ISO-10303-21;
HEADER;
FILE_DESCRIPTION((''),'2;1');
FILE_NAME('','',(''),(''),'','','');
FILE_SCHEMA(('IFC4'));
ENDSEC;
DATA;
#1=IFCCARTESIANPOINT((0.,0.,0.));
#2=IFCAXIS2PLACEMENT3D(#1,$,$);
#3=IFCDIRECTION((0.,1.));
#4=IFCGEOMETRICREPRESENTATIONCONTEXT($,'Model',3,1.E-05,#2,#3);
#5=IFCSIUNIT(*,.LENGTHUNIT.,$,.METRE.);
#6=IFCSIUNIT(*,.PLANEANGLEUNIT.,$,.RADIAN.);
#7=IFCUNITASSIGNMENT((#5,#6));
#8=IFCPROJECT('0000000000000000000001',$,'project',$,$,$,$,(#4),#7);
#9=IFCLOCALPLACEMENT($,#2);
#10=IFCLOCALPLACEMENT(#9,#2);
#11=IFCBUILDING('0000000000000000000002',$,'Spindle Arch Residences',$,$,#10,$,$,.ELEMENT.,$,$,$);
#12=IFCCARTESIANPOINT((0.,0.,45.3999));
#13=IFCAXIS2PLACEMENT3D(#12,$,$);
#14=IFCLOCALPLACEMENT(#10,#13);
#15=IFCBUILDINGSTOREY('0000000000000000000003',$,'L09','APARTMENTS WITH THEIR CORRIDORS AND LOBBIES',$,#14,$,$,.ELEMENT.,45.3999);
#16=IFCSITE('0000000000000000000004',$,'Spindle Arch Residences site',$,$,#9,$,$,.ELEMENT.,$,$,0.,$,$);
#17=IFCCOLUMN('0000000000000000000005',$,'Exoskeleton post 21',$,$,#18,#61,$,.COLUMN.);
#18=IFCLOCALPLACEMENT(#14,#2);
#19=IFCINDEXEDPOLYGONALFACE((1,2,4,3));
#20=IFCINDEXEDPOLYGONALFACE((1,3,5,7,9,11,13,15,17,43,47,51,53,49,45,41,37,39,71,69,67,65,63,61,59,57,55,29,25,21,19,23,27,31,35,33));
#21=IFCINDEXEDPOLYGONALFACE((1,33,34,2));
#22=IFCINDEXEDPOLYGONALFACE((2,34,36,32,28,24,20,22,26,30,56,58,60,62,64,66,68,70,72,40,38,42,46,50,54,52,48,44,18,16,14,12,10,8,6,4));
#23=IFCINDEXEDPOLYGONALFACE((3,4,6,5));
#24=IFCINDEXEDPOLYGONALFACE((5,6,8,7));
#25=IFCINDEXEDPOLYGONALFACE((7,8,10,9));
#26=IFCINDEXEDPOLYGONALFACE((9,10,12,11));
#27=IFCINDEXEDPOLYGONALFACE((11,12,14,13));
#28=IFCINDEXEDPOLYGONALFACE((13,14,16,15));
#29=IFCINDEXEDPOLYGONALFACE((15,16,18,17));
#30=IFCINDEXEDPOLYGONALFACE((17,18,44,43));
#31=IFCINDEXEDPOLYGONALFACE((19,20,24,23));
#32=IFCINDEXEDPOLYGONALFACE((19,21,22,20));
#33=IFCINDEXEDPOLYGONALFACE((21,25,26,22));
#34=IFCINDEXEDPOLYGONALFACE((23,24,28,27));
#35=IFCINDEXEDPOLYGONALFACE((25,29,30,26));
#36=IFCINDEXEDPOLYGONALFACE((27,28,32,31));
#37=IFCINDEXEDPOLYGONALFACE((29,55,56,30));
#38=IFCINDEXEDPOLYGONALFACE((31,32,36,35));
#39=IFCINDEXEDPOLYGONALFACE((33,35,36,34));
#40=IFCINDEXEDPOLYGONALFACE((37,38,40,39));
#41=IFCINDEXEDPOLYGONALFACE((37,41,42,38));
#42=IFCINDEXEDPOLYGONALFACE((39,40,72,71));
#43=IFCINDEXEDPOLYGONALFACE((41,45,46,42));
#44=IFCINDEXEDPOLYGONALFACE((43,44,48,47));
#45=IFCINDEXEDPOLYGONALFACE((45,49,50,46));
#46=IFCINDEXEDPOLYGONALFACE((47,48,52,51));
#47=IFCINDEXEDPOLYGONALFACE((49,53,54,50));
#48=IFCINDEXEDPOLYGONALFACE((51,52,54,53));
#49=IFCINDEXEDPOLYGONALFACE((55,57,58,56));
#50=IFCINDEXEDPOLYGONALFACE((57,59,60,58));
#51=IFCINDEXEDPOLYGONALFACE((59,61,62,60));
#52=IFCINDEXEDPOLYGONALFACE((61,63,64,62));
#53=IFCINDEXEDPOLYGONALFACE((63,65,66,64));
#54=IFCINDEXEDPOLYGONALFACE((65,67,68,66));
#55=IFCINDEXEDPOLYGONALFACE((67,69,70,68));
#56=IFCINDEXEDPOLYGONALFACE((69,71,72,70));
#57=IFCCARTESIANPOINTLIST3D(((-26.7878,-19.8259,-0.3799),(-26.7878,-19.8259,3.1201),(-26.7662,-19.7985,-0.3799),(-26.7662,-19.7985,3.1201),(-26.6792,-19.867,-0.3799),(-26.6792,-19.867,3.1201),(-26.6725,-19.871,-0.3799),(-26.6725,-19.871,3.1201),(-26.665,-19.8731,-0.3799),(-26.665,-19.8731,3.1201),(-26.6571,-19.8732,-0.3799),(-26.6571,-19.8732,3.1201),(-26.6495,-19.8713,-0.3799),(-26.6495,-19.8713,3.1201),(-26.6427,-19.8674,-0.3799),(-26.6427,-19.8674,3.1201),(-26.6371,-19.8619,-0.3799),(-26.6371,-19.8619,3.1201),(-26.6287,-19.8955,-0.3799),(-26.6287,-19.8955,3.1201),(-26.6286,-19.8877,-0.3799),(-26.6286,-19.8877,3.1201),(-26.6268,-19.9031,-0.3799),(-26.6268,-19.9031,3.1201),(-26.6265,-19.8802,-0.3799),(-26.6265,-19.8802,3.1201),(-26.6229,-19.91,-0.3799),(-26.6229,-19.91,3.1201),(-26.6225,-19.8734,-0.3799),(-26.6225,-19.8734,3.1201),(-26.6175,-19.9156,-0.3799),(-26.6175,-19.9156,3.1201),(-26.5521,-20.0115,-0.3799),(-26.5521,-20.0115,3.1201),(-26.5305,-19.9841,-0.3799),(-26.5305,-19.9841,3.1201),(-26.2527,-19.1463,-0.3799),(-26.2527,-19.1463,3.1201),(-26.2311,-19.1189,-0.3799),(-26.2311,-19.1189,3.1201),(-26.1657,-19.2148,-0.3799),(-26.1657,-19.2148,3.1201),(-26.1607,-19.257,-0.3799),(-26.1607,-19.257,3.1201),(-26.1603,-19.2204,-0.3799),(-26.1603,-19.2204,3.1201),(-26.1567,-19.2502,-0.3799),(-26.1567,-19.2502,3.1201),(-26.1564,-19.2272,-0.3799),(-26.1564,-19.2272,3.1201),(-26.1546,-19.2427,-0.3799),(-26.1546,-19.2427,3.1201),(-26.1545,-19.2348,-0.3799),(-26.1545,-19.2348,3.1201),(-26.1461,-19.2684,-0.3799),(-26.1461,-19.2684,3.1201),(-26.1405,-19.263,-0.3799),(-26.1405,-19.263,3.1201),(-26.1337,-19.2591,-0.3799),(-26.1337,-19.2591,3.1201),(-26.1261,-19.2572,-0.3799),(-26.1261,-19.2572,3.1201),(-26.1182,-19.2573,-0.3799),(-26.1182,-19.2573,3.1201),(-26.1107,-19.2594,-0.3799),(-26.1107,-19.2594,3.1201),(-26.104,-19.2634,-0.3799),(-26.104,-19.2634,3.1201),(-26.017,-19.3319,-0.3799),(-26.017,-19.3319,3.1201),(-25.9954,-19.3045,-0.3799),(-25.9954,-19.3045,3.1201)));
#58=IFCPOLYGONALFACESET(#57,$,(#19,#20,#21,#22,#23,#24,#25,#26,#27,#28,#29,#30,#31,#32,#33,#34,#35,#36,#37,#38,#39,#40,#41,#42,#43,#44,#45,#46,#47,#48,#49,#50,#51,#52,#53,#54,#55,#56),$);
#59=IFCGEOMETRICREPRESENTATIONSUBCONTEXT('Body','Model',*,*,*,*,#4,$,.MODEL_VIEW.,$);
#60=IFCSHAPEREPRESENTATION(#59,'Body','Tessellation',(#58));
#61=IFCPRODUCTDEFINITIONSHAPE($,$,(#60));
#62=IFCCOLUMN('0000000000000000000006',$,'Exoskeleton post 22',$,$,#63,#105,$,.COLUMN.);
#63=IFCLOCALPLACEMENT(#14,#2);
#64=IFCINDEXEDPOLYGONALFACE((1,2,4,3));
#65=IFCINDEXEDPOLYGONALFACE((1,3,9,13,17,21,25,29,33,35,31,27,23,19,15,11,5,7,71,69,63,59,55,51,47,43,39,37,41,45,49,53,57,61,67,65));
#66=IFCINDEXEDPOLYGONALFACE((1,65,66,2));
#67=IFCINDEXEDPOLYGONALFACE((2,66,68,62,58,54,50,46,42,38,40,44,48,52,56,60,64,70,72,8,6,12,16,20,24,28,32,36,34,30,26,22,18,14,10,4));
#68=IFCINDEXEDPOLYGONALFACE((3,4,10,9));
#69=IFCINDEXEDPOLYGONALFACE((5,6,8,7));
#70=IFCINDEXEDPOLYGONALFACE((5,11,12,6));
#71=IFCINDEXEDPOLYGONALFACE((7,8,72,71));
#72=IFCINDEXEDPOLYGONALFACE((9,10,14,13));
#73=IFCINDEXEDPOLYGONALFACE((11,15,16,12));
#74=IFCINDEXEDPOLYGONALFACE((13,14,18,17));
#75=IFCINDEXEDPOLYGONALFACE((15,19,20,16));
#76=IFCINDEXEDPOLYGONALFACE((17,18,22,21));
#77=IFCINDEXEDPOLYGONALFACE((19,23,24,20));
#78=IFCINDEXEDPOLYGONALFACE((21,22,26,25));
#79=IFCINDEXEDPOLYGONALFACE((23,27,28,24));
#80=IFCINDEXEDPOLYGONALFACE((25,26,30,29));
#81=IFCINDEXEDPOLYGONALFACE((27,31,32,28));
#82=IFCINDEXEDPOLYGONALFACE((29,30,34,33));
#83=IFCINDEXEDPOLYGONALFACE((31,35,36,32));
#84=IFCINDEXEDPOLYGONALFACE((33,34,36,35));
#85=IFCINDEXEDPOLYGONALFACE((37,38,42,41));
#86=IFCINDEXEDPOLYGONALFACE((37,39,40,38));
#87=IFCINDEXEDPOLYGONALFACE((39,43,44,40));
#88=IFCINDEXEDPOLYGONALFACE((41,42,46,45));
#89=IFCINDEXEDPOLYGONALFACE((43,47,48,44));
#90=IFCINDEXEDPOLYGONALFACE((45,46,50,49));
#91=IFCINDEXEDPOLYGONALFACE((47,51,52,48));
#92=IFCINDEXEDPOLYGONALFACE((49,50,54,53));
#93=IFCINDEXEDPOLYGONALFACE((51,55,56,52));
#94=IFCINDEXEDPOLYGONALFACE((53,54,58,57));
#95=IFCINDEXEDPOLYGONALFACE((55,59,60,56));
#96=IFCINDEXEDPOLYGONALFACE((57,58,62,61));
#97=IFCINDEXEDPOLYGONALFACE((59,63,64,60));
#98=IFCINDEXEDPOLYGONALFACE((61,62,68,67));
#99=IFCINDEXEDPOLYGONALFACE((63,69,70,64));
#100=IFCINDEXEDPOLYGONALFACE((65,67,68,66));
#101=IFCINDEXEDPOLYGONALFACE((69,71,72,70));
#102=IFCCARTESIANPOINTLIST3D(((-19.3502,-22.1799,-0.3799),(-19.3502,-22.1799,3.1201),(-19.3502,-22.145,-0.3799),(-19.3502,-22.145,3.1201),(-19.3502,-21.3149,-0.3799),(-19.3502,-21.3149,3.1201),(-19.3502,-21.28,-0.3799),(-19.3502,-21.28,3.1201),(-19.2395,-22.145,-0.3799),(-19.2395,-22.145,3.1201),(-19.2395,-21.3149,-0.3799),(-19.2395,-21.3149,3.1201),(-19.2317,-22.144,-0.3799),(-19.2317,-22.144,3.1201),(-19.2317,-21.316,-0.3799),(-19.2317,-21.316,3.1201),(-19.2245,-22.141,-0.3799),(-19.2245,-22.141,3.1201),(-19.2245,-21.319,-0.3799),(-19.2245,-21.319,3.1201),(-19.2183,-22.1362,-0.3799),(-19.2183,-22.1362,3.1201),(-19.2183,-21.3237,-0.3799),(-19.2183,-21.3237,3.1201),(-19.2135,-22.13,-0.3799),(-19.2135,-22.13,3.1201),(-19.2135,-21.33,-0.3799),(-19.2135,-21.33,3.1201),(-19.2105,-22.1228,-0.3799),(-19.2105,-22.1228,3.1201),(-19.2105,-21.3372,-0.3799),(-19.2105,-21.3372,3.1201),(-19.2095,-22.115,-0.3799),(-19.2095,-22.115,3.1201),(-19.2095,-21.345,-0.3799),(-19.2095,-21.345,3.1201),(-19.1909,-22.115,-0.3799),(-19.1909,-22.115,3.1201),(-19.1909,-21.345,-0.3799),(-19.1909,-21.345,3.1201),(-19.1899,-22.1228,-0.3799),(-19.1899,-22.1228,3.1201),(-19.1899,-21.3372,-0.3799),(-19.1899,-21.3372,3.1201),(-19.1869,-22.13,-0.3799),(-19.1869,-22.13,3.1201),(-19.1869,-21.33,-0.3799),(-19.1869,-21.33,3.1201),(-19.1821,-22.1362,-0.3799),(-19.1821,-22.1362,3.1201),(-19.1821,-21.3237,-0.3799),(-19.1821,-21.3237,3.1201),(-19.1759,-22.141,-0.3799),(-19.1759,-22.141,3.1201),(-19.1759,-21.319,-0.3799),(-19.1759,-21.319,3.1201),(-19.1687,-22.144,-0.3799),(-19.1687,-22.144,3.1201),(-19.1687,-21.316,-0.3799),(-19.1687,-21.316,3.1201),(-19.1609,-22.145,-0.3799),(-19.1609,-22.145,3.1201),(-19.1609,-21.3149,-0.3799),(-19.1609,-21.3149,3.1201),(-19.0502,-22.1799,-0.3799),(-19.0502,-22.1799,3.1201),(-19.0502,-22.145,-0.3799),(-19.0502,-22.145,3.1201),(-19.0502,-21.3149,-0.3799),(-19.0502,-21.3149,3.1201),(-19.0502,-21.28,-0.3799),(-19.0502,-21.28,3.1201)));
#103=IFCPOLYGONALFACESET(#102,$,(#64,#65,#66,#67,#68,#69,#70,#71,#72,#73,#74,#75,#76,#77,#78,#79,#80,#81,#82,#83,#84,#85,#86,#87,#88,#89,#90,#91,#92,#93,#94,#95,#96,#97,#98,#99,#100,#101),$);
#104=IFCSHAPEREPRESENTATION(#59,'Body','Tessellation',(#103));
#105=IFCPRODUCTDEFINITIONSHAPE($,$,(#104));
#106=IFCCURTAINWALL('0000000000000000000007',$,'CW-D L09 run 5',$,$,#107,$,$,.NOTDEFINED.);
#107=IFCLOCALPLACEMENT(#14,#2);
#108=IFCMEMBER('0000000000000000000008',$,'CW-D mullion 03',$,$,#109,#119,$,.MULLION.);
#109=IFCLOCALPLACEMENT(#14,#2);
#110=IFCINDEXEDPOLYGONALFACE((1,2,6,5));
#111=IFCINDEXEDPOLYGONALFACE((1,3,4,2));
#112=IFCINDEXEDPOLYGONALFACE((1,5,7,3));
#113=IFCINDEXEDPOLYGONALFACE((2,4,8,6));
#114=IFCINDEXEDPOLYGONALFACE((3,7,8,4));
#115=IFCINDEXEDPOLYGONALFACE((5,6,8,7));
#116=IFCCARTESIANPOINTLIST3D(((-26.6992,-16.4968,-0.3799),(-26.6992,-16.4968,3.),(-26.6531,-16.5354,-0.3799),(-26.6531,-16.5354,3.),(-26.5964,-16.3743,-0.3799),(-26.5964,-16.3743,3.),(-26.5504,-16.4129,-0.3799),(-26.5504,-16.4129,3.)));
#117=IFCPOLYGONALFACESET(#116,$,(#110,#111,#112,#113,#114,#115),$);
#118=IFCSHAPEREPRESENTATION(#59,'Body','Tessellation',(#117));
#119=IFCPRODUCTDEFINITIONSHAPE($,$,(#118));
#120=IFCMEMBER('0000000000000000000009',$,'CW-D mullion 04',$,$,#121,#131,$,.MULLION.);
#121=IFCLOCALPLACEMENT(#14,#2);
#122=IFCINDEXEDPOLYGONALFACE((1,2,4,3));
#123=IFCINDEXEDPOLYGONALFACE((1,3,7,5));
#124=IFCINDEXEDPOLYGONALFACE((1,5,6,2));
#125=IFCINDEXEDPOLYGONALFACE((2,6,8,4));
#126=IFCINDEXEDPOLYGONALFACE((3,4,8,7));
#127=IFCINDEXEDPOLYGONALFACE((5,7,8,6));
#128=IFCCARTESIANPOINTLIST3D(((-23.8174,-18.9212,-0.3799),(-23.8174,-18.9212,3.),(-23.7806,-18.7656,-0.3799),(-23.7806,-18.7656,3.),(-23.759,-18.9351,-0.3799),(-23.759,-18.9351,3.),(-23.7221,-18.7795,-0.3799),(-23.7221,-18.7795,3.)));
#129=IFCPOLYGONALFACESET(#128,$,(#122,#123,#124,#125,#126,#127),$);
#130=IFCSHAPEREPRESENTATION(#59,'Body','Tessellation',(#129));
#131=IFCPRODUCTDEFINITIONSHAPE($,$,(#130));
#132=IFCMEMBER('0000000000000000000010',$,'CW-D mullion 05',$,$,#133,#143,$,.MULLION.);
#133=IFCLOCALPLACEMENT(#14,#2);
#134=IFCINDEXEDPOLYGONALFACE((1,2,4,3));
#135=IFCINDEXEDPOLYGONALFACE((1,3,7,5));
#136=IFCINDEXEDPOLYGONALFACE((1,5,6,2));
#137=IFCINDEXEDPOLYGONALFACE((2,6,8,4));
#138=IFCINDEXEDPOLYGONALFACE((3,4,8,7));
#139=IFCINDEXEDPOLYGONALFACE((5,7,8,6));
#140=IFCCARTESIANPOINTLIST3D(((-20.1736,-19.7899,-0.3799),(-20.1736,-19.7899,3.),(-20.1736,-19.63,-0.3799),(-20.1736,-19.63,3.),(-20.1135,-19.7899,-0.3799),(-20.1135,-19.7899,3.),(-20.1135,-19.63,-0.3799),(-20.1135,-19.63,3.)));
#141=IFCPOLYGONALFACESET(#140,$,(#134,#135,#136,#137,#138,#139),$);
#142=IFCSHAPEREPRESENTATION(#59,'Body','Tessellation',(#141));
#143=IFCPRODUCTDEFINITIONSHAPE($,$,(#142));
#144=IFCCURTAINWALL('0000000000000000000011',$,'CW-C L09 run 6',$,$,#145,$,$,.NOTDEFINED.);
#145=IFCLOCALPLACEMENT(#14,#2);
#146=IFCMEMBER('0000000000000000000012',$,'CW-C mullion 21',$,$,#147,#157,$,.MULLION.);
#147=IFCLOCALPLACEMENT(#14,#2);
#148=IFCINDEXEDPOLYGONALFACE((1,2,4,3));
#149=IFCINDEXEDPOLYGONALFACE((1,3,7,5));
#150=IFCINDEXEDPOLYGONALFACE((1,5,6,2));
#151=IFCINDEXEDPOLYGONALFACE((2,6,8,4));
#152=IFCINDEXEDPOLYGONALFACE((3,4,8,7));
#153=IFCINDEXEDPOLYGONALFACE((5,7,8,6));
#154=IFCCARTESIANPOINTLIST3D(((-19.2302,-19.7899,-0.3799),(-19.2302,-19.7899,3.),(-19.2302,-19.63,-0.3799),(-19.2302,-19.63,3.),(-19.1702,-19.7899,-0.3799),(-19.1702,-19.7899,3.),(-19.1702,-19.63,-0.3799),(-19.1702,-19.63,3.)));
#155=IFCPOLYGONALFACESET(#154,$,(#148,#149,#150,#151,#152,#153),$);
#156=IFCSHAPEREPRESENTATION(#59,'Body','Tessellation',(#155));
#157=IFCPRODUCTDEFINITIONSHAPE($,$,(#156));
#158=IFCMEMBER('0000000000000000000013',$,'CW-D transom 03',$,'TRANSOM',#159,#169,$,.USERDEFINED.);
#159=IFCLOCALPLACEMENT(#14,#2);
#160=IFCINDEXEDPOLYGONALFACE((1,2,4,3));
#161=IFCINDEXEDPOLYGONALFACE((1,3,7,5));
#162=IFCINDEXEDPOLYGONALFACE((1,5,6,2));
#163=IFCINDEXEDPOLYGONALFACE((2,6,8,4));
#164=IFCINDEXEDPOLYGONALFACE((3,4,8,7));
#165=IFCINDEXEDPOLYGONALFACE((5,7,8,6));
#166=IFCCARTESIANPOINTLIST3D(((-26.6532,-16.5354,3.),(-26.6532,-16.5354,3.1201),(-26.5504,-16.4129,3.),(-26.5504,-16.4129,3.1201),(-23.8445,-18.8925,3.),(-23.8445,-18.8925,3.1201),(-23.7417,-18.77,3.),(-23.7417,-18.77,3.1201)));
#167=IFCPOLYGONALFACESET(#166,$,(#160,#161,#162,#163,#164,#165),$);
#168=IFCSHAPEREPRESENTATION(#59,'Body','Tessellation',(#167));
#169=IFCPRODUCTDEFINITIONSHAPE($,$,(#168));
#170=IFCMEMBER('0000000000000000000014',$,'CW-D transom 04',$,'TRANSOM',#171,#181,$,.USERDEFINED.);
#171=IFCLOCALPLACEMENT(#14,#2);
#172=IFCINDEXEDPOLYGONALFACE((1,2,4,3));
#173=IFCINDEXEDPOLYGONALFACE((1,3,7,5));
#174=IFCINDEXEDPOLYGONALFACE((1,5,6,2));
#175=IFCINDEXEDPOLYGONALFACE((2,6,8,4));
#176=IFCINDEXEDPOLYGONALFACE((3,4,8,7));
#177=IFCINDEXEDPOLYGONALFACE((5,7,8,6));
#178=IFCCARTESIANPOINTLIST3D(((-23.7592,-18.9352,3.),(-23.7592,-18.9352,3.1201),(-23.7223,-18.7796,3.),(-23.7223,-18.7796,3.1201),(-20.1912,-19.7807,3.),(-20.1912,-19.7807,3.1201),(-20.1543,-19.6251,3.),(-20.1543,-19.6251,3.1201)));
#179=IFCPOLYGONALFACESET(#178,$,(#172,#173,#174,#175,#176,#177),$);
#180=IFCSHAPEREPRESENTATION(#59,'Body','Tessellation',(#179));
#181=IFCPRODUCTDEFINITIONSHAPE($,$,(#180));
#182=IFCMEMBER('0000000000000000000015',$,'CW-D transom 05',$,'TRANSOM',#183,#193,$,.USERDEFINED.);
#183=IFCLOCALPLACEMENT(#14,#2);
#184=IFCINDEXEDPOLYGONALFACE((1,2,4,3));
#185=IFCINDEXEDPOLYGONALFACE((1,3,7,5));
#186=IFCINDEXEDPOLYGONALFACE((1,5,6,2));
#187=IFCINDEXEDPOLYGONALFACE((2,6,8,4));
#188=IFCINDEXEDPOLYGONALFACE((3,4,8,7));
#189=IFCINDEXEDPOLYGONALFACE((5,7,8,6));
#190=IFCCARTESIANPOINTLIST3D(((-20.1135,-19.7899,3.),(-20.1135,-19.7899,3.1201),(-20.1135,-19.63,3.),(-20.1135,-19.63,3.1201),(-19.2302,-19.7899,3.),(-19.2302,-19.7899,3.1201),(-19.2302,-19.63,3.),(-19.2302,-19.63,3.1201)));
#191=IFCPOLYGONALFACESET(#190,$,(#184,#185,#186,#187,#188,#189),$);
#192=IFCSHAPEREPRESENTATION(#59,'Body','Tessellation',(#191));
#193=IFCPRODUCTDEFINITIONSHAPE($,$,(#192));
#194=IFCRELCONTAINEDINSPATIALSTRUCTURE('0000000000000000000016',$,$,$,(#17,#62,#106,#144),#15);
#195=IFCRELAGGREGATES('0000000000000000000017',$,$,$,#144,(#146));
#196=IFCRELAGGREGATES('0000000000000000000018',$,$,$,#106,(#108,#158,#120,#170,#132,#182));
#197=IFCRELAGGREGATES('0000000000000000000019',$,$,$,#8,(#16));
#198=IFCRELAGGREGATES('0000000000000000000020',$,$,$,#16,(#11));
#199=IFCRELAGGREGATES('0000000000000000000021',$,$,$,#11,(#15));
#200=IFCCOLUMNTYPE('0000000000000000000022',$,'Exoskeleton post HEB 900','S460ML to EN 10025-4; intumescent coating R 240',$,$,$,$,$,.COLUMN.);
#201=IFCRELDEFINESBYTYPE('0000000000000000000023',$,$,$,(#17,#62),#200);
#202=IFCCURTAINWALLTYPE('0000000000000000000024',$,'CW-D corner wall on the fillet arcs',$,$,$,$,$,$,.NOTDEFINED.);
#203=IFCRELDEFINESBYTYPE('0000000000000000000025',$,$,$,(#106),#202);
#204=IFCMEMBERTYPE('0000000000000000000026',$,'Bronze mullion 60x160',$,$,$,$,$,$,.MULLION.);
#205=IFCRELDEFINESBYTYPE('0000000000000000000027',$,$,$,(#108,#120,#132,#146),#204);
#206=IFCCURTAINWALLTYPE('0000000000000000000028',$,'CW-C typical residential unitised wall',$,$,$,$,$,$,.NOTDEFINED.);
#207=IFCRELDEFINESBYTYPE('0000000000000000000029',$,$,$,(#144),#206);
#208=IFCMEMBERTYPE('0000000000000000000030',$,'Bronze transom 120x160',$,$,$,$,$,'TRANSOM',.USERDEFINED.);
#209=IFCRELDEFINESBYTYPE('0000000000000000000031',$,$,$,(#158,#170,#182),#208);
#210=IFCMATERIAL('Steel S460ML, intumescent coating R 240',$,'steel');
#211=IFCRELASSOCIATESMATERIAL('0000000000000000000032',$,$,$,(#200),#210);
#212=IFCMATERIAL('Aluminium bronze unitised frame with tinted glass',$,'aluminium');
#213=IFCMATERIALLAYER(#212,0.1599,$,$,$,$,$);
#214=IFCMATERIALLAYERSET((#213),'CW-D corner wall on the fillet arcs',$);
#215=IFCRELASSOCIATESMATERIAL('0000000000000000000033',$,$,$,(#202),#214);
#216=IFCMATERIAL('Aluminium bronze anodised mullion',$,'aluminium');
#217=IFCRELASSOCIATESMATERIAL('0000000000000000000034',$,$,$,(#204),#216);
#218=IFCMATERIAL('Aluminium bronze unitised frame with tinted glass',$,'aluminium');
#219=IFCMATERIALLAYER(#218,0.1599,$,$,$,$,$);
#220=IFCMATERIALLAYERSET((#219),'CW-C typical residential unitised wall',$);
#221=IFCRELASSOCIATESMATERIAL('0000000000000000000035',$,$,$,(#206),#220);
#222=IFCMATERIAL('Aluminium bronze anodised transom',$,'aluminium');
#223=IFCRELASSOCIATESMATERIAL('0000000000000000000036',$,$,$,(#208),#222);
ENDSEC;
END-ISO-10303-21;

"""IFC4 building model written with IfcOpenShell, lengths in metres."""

from ifc_helpers import new_model, si_unit, direction, frame, origin, origin_2d, place, context, subcontext, project, spatial, rectangle, i_section, extrude, material, layer, layer_set, material_profile, profile_set, type_object, element, aggregate, save


model = new_model("IFC4")

# Units and contexts
model_context = context("Model", 3, precision=1e-05, world=origin(), true_north=direction((0.0, 1.0)))
body_context = subcontext(model_context, "Body", "Model", "MODEL_VIEW")
ifc_project = project(units=[si_unit("LENGTHUNIT", "METRE"), si_unit("PLANEANGLEUNIT", "RADIAN")], contexts=[model_context])

# Site, building, storey
site_placement = place(None, origin())
site = spatial("IfcSite", under=ifc_project, at=site_placement, Name="Spindle Arch Residences site", CompositionType="ELEMENT", RefElevation=0.0)
building_placement = place(site_placement, origin())
building = spatial("IfcBuilding", under=site, at=building_placement, Name="Spindle Arch Residences", CompositionType="ELEMENT")
storey_placement = place(building_placement, frame((0.0, 0.0, 45.3999)))
storey = spatial("IfcBuildingStorey", under=building, at=storey_placement, Name="L09", Description="APARTMENTS WITH THEIR CORRIDORS AND LOBBIES", CompositionType="ELEMENT", Elevation=45.3999)

# Columns
ifc_material_1 = material(Name="Steel S460ML, intumescent coating R 240", Category="steel")
ifc_material_profile_1 = material_profile(ifc_material_1, i_section(OverallWidth=0.3, OverallDepth=0.8999, WebThickness=0.0186, FlangeThickness=0.0349, FilletRadius=0.03, at=origin_2d()), Name="HEB 900")
ifc_profile_set_1 = profile_set([ifc_material_profile_1], Name="Steel S460ML, intumescent coating R 240")
column_type = type_object("IfcColumnType", Name="Exoskeleton post HEB 900", Description="S460ML to EN 10025-4; intumescent coating R 240", PredefinedType="COLUMN", material=ifc_profile_set_1)
for number, where, z_axis, x_axis, name in (
    (1, (-26.3916, -19.5652, -0.3799), (0.0, 0.0, 1.0), (-0.785684, 0.618629, 0.0), "Exoskeleton post 21"),
    (2, (-19.2002, -21.73, -0.3799), (0.0, 0.0, 1.0), (-1.0, 0.0, 0.0), "Exoskeleton post 22"),
):
    element("IfcColumn", number, at=place(storey_placement, frame(where, z_axis=z_axis, x_axis=x_axis)), inside=storey, type_object=column_type, Name=name, PredefinedType="COLUMN", context=body_context, shape_type="SweptSolid", body=[
        extrude(i_section(OverallWidth=0.3, OverallDepth=0.8999, WebThickness=0.0186, FlangeThickness=0.0349, FilletRadius=0.03, at=origin_2d()), origin(), (0.0, 0.0, 1.0), 3.5),
    ])

# Curtain wall, members
ifc_material_2 = material(Name="Aluminium bronze unitised frame with tinted glass", Category="aluminium")
ifc_layer_1 = layer(ifc_material_2, 0.1599)
ifc_layer_set_1 = layer_set([ifc_layer_1], Name="CW-D corner wall on the fillet arcs")
curtain_wall_type_1 = type_object("IfcCurtainWallType", Name="CW-D corner wall on the fillet arcs", PredefinedType="NOTDEFINED", material=ifc_layer_set_1)
curtain_wall_1_placement = place(storey_placement, origin())
curtain_wall_1 = element("IfcCurtainWall", 3, at=curtain_wall_1_placement, inside=storey, type_object=curtain_wall_type_1, Name="CW-D L09 run 5", PredefinedType="NOTDEFINED")
ifc_material_3 = material(Name="Aluminium bronze anodised mullion", Category="aluminium")
ifc_material_profile_2 = material_profile(ifc_material_3, rectangle(XDim=0.1599, YDim=0.0601, at=origin_2d()), Name="MU 60x160")
ifc_profile_set_2 = profile_set([ifc_material_profile_2], Name="Aluminium bronze anodised mullion")
member_type_1 = type_object("IfcMemberType", Name="Bronze mullion 60x160", PredefinedType="MULLION", material=ifc_profile_set_2)
member_1_placement = place(storey_placement, frame((-26.6248, -16.4548, -0.3799), z_axis=(0.0, 0.0, 1.0), x_axis=(0.642788, 0.766044, 0.0)))
member_1 = element("IfcMember", 4, at=member_1_placement, type_object=member_type_1, Name="CW-D mullion 03", PredefinedType="MULLION", context=body_context, shape_type="SweptSolid", body=[
    extrude(rectangle(XDim=0.1599, YDim=0.0601, at=origin_2d()), origin(), (0.0, 0.0, 1.0), 3.3799),
])
member_2_placement = place(storey_placement, frame((-23.7698, -18.8503, -0.3799), z_axis=(0.0, 0.0, 1.0), x_axis=(0.230616, 0.973045, 0.0)))
member_2 = element("IfcMember", 5, at=member_2_placement, type_object=member_type_1, Name="CW-D mullion 04", PredefinedType="MULLION", context=body_context, shape_type="SweptSolid", body=[
    extrude(rectangle(XDim=0.1599, YDim=0.0601, at=origin_2d()), origin(), (0.0, 0.0, 1.0), 3.3799),
])
member_3_placement = place(storey_placement, frame((-20.1436, -19.71, -0.3799), z_axis=(0.0, 0.0, 1.0), x_axis=(0.0, 1.0, 0.0)))
member_3 = element("IfcMember", 6, at=member_3_placement, type_object=member_type_1, Name="CW-D mullion 05", PredefinedType="MULLION", context=body_context, shape_type="SweptSolid", body=[
    extrude(rectangle(XDim=0.1599, YDim=0.0601, at=origin_2d()), origin(), (0.0, 0.0, 1.0), 3.3799),
])

# Curtain wall, member
ifc_material_4 = material(Name="Aluminium bronze unitised frame with tinted glass", Category="aluminium")
ifc_layer_2 = layer(ifc_material_4, 0.1599)
ifc_layer_set_2 = layer_set([ifc_layer_2], Name="CW-C typical residential unitised wall")
curtain_wall_type_2 = type_object("IfcCurtainWallType", Name="CW-C typical residential unitised wall", PredefinedType="NOTDEFINED", material=ifc_layer_set_2)
curtain_wall_2_placement = place(storey_placement, origin())
curtain_wall_2 = element("IfcCurtainWall", 7, at=curtain_wall_2_placement, inside=storey, type_object=curtain_wall_type_2, Name="CW-C L09 run 6", PredefinedType="NOTDEFINED")
member_4_placement = place(storey_placement, frame((-19.2002, -19.71, -0.3799), z_axis=(0.0, 0.0, 1.0), x_axis=(0.0, 1.0, 0.0)))
member_4 = element("IfcMember", 8, at=member_4_placement, type_object=member_type_1, Name="CW-C mullion 21", PredefinedType="MULLION", context=body_context, shape_type="SweptSolid", body=[
    extrude(rectangle(XDim=0.1599, YDim=0.0601, at=origin_2d()), origin(), (0.0, 0.0, 1.0), 3.3799),
])

# Members
ifc_material_5 = material(Name="Aluminium bronze anodised transom", Category="aluminium")
ifc_material_profile_3 = material_profile(ifc_material_5, rectangle(XDim=0.1599, YDim=0.1201, at=origin_2d()), Name="TR 120x160")
ifc_profile_set_3 = profile_set([ifc_material_profile_3], Name="Aluminium bronze anodised transom")
member_type_2 = type_object("IfcMemberType", Name="Bronze transom 120x160", ElementType="TRANSOM", PredefinedType="USERDEFINED", material=ifc_profile_set_3)
member_5_placement = place(storey_placement, frame((-26.6018, -16.4741, 3.0601), z_axis=(0.766006, -0.642833, 0.0), x_axis=(0.642833, 0.766006, 0.0)))
member_5 = element("IfcMember", 9, at=member_5_placement, type_object=member_type_2, Name="CW-D transom 03", ObjectType="TRANSOM", PredefinedType="USERDEFINED", context=body_context, shape_type="SweptSolid", body=[
    extrude(rectangle(XDim=0.1599, YDim=0.1201, at=origin_2d()), origin(), (0.0, 0.0, 1.0), 3.6667),
])
member_6_placement = place(storey_placement, frame((-23.7407, -18.8574, 3.0601), z_axis=(0.973054, -0.230579, 0.0), x_axis=(0.230579, 0.973054, 0.0)))
member_6 = element("IfcMember", 10, at=member_6_placement, type_object=member_type_2, Name="CW-D transom 04", ObjectType="TRANSOM", PredefinedType="USERDEFINED", context=body_context, shape_type="SweptSolid", body=[
    extrude(rectangle(XDim=0.1599, YDim=0.1201, at=origin_2d()), origin(), (0.0, 0.0, 1.0), 3.6667),
])
member_7_placement = place(storey_placement, frame((-20.1135, -19.71, 3.0601), z_axis=(1.0, 0.0, 0.0), x_axis=(0.0, 1.0, 0.0)))
member_7 = element("IfcMember", 11, at=member_7_placement, type_object=member_type_2, Name="CW-D transom 05", ObjectType="TRANSOM", PredefinedType="USERDEFINED", context=body_context, shape_type="SweptSolid", body=[
    extrude(rectangle(XDim=0.1599, YDim=0.1201, at=origin_2d()), origin(), (0.0, 0.0, 1.0), 0.8833),
])
aggregate(curtain_wall_2, [member_4])

aggregate(curtain_wall_1, [member_1, member_5, member_2, member_6, member_3, member_7])

save(model, "model.ifc")
